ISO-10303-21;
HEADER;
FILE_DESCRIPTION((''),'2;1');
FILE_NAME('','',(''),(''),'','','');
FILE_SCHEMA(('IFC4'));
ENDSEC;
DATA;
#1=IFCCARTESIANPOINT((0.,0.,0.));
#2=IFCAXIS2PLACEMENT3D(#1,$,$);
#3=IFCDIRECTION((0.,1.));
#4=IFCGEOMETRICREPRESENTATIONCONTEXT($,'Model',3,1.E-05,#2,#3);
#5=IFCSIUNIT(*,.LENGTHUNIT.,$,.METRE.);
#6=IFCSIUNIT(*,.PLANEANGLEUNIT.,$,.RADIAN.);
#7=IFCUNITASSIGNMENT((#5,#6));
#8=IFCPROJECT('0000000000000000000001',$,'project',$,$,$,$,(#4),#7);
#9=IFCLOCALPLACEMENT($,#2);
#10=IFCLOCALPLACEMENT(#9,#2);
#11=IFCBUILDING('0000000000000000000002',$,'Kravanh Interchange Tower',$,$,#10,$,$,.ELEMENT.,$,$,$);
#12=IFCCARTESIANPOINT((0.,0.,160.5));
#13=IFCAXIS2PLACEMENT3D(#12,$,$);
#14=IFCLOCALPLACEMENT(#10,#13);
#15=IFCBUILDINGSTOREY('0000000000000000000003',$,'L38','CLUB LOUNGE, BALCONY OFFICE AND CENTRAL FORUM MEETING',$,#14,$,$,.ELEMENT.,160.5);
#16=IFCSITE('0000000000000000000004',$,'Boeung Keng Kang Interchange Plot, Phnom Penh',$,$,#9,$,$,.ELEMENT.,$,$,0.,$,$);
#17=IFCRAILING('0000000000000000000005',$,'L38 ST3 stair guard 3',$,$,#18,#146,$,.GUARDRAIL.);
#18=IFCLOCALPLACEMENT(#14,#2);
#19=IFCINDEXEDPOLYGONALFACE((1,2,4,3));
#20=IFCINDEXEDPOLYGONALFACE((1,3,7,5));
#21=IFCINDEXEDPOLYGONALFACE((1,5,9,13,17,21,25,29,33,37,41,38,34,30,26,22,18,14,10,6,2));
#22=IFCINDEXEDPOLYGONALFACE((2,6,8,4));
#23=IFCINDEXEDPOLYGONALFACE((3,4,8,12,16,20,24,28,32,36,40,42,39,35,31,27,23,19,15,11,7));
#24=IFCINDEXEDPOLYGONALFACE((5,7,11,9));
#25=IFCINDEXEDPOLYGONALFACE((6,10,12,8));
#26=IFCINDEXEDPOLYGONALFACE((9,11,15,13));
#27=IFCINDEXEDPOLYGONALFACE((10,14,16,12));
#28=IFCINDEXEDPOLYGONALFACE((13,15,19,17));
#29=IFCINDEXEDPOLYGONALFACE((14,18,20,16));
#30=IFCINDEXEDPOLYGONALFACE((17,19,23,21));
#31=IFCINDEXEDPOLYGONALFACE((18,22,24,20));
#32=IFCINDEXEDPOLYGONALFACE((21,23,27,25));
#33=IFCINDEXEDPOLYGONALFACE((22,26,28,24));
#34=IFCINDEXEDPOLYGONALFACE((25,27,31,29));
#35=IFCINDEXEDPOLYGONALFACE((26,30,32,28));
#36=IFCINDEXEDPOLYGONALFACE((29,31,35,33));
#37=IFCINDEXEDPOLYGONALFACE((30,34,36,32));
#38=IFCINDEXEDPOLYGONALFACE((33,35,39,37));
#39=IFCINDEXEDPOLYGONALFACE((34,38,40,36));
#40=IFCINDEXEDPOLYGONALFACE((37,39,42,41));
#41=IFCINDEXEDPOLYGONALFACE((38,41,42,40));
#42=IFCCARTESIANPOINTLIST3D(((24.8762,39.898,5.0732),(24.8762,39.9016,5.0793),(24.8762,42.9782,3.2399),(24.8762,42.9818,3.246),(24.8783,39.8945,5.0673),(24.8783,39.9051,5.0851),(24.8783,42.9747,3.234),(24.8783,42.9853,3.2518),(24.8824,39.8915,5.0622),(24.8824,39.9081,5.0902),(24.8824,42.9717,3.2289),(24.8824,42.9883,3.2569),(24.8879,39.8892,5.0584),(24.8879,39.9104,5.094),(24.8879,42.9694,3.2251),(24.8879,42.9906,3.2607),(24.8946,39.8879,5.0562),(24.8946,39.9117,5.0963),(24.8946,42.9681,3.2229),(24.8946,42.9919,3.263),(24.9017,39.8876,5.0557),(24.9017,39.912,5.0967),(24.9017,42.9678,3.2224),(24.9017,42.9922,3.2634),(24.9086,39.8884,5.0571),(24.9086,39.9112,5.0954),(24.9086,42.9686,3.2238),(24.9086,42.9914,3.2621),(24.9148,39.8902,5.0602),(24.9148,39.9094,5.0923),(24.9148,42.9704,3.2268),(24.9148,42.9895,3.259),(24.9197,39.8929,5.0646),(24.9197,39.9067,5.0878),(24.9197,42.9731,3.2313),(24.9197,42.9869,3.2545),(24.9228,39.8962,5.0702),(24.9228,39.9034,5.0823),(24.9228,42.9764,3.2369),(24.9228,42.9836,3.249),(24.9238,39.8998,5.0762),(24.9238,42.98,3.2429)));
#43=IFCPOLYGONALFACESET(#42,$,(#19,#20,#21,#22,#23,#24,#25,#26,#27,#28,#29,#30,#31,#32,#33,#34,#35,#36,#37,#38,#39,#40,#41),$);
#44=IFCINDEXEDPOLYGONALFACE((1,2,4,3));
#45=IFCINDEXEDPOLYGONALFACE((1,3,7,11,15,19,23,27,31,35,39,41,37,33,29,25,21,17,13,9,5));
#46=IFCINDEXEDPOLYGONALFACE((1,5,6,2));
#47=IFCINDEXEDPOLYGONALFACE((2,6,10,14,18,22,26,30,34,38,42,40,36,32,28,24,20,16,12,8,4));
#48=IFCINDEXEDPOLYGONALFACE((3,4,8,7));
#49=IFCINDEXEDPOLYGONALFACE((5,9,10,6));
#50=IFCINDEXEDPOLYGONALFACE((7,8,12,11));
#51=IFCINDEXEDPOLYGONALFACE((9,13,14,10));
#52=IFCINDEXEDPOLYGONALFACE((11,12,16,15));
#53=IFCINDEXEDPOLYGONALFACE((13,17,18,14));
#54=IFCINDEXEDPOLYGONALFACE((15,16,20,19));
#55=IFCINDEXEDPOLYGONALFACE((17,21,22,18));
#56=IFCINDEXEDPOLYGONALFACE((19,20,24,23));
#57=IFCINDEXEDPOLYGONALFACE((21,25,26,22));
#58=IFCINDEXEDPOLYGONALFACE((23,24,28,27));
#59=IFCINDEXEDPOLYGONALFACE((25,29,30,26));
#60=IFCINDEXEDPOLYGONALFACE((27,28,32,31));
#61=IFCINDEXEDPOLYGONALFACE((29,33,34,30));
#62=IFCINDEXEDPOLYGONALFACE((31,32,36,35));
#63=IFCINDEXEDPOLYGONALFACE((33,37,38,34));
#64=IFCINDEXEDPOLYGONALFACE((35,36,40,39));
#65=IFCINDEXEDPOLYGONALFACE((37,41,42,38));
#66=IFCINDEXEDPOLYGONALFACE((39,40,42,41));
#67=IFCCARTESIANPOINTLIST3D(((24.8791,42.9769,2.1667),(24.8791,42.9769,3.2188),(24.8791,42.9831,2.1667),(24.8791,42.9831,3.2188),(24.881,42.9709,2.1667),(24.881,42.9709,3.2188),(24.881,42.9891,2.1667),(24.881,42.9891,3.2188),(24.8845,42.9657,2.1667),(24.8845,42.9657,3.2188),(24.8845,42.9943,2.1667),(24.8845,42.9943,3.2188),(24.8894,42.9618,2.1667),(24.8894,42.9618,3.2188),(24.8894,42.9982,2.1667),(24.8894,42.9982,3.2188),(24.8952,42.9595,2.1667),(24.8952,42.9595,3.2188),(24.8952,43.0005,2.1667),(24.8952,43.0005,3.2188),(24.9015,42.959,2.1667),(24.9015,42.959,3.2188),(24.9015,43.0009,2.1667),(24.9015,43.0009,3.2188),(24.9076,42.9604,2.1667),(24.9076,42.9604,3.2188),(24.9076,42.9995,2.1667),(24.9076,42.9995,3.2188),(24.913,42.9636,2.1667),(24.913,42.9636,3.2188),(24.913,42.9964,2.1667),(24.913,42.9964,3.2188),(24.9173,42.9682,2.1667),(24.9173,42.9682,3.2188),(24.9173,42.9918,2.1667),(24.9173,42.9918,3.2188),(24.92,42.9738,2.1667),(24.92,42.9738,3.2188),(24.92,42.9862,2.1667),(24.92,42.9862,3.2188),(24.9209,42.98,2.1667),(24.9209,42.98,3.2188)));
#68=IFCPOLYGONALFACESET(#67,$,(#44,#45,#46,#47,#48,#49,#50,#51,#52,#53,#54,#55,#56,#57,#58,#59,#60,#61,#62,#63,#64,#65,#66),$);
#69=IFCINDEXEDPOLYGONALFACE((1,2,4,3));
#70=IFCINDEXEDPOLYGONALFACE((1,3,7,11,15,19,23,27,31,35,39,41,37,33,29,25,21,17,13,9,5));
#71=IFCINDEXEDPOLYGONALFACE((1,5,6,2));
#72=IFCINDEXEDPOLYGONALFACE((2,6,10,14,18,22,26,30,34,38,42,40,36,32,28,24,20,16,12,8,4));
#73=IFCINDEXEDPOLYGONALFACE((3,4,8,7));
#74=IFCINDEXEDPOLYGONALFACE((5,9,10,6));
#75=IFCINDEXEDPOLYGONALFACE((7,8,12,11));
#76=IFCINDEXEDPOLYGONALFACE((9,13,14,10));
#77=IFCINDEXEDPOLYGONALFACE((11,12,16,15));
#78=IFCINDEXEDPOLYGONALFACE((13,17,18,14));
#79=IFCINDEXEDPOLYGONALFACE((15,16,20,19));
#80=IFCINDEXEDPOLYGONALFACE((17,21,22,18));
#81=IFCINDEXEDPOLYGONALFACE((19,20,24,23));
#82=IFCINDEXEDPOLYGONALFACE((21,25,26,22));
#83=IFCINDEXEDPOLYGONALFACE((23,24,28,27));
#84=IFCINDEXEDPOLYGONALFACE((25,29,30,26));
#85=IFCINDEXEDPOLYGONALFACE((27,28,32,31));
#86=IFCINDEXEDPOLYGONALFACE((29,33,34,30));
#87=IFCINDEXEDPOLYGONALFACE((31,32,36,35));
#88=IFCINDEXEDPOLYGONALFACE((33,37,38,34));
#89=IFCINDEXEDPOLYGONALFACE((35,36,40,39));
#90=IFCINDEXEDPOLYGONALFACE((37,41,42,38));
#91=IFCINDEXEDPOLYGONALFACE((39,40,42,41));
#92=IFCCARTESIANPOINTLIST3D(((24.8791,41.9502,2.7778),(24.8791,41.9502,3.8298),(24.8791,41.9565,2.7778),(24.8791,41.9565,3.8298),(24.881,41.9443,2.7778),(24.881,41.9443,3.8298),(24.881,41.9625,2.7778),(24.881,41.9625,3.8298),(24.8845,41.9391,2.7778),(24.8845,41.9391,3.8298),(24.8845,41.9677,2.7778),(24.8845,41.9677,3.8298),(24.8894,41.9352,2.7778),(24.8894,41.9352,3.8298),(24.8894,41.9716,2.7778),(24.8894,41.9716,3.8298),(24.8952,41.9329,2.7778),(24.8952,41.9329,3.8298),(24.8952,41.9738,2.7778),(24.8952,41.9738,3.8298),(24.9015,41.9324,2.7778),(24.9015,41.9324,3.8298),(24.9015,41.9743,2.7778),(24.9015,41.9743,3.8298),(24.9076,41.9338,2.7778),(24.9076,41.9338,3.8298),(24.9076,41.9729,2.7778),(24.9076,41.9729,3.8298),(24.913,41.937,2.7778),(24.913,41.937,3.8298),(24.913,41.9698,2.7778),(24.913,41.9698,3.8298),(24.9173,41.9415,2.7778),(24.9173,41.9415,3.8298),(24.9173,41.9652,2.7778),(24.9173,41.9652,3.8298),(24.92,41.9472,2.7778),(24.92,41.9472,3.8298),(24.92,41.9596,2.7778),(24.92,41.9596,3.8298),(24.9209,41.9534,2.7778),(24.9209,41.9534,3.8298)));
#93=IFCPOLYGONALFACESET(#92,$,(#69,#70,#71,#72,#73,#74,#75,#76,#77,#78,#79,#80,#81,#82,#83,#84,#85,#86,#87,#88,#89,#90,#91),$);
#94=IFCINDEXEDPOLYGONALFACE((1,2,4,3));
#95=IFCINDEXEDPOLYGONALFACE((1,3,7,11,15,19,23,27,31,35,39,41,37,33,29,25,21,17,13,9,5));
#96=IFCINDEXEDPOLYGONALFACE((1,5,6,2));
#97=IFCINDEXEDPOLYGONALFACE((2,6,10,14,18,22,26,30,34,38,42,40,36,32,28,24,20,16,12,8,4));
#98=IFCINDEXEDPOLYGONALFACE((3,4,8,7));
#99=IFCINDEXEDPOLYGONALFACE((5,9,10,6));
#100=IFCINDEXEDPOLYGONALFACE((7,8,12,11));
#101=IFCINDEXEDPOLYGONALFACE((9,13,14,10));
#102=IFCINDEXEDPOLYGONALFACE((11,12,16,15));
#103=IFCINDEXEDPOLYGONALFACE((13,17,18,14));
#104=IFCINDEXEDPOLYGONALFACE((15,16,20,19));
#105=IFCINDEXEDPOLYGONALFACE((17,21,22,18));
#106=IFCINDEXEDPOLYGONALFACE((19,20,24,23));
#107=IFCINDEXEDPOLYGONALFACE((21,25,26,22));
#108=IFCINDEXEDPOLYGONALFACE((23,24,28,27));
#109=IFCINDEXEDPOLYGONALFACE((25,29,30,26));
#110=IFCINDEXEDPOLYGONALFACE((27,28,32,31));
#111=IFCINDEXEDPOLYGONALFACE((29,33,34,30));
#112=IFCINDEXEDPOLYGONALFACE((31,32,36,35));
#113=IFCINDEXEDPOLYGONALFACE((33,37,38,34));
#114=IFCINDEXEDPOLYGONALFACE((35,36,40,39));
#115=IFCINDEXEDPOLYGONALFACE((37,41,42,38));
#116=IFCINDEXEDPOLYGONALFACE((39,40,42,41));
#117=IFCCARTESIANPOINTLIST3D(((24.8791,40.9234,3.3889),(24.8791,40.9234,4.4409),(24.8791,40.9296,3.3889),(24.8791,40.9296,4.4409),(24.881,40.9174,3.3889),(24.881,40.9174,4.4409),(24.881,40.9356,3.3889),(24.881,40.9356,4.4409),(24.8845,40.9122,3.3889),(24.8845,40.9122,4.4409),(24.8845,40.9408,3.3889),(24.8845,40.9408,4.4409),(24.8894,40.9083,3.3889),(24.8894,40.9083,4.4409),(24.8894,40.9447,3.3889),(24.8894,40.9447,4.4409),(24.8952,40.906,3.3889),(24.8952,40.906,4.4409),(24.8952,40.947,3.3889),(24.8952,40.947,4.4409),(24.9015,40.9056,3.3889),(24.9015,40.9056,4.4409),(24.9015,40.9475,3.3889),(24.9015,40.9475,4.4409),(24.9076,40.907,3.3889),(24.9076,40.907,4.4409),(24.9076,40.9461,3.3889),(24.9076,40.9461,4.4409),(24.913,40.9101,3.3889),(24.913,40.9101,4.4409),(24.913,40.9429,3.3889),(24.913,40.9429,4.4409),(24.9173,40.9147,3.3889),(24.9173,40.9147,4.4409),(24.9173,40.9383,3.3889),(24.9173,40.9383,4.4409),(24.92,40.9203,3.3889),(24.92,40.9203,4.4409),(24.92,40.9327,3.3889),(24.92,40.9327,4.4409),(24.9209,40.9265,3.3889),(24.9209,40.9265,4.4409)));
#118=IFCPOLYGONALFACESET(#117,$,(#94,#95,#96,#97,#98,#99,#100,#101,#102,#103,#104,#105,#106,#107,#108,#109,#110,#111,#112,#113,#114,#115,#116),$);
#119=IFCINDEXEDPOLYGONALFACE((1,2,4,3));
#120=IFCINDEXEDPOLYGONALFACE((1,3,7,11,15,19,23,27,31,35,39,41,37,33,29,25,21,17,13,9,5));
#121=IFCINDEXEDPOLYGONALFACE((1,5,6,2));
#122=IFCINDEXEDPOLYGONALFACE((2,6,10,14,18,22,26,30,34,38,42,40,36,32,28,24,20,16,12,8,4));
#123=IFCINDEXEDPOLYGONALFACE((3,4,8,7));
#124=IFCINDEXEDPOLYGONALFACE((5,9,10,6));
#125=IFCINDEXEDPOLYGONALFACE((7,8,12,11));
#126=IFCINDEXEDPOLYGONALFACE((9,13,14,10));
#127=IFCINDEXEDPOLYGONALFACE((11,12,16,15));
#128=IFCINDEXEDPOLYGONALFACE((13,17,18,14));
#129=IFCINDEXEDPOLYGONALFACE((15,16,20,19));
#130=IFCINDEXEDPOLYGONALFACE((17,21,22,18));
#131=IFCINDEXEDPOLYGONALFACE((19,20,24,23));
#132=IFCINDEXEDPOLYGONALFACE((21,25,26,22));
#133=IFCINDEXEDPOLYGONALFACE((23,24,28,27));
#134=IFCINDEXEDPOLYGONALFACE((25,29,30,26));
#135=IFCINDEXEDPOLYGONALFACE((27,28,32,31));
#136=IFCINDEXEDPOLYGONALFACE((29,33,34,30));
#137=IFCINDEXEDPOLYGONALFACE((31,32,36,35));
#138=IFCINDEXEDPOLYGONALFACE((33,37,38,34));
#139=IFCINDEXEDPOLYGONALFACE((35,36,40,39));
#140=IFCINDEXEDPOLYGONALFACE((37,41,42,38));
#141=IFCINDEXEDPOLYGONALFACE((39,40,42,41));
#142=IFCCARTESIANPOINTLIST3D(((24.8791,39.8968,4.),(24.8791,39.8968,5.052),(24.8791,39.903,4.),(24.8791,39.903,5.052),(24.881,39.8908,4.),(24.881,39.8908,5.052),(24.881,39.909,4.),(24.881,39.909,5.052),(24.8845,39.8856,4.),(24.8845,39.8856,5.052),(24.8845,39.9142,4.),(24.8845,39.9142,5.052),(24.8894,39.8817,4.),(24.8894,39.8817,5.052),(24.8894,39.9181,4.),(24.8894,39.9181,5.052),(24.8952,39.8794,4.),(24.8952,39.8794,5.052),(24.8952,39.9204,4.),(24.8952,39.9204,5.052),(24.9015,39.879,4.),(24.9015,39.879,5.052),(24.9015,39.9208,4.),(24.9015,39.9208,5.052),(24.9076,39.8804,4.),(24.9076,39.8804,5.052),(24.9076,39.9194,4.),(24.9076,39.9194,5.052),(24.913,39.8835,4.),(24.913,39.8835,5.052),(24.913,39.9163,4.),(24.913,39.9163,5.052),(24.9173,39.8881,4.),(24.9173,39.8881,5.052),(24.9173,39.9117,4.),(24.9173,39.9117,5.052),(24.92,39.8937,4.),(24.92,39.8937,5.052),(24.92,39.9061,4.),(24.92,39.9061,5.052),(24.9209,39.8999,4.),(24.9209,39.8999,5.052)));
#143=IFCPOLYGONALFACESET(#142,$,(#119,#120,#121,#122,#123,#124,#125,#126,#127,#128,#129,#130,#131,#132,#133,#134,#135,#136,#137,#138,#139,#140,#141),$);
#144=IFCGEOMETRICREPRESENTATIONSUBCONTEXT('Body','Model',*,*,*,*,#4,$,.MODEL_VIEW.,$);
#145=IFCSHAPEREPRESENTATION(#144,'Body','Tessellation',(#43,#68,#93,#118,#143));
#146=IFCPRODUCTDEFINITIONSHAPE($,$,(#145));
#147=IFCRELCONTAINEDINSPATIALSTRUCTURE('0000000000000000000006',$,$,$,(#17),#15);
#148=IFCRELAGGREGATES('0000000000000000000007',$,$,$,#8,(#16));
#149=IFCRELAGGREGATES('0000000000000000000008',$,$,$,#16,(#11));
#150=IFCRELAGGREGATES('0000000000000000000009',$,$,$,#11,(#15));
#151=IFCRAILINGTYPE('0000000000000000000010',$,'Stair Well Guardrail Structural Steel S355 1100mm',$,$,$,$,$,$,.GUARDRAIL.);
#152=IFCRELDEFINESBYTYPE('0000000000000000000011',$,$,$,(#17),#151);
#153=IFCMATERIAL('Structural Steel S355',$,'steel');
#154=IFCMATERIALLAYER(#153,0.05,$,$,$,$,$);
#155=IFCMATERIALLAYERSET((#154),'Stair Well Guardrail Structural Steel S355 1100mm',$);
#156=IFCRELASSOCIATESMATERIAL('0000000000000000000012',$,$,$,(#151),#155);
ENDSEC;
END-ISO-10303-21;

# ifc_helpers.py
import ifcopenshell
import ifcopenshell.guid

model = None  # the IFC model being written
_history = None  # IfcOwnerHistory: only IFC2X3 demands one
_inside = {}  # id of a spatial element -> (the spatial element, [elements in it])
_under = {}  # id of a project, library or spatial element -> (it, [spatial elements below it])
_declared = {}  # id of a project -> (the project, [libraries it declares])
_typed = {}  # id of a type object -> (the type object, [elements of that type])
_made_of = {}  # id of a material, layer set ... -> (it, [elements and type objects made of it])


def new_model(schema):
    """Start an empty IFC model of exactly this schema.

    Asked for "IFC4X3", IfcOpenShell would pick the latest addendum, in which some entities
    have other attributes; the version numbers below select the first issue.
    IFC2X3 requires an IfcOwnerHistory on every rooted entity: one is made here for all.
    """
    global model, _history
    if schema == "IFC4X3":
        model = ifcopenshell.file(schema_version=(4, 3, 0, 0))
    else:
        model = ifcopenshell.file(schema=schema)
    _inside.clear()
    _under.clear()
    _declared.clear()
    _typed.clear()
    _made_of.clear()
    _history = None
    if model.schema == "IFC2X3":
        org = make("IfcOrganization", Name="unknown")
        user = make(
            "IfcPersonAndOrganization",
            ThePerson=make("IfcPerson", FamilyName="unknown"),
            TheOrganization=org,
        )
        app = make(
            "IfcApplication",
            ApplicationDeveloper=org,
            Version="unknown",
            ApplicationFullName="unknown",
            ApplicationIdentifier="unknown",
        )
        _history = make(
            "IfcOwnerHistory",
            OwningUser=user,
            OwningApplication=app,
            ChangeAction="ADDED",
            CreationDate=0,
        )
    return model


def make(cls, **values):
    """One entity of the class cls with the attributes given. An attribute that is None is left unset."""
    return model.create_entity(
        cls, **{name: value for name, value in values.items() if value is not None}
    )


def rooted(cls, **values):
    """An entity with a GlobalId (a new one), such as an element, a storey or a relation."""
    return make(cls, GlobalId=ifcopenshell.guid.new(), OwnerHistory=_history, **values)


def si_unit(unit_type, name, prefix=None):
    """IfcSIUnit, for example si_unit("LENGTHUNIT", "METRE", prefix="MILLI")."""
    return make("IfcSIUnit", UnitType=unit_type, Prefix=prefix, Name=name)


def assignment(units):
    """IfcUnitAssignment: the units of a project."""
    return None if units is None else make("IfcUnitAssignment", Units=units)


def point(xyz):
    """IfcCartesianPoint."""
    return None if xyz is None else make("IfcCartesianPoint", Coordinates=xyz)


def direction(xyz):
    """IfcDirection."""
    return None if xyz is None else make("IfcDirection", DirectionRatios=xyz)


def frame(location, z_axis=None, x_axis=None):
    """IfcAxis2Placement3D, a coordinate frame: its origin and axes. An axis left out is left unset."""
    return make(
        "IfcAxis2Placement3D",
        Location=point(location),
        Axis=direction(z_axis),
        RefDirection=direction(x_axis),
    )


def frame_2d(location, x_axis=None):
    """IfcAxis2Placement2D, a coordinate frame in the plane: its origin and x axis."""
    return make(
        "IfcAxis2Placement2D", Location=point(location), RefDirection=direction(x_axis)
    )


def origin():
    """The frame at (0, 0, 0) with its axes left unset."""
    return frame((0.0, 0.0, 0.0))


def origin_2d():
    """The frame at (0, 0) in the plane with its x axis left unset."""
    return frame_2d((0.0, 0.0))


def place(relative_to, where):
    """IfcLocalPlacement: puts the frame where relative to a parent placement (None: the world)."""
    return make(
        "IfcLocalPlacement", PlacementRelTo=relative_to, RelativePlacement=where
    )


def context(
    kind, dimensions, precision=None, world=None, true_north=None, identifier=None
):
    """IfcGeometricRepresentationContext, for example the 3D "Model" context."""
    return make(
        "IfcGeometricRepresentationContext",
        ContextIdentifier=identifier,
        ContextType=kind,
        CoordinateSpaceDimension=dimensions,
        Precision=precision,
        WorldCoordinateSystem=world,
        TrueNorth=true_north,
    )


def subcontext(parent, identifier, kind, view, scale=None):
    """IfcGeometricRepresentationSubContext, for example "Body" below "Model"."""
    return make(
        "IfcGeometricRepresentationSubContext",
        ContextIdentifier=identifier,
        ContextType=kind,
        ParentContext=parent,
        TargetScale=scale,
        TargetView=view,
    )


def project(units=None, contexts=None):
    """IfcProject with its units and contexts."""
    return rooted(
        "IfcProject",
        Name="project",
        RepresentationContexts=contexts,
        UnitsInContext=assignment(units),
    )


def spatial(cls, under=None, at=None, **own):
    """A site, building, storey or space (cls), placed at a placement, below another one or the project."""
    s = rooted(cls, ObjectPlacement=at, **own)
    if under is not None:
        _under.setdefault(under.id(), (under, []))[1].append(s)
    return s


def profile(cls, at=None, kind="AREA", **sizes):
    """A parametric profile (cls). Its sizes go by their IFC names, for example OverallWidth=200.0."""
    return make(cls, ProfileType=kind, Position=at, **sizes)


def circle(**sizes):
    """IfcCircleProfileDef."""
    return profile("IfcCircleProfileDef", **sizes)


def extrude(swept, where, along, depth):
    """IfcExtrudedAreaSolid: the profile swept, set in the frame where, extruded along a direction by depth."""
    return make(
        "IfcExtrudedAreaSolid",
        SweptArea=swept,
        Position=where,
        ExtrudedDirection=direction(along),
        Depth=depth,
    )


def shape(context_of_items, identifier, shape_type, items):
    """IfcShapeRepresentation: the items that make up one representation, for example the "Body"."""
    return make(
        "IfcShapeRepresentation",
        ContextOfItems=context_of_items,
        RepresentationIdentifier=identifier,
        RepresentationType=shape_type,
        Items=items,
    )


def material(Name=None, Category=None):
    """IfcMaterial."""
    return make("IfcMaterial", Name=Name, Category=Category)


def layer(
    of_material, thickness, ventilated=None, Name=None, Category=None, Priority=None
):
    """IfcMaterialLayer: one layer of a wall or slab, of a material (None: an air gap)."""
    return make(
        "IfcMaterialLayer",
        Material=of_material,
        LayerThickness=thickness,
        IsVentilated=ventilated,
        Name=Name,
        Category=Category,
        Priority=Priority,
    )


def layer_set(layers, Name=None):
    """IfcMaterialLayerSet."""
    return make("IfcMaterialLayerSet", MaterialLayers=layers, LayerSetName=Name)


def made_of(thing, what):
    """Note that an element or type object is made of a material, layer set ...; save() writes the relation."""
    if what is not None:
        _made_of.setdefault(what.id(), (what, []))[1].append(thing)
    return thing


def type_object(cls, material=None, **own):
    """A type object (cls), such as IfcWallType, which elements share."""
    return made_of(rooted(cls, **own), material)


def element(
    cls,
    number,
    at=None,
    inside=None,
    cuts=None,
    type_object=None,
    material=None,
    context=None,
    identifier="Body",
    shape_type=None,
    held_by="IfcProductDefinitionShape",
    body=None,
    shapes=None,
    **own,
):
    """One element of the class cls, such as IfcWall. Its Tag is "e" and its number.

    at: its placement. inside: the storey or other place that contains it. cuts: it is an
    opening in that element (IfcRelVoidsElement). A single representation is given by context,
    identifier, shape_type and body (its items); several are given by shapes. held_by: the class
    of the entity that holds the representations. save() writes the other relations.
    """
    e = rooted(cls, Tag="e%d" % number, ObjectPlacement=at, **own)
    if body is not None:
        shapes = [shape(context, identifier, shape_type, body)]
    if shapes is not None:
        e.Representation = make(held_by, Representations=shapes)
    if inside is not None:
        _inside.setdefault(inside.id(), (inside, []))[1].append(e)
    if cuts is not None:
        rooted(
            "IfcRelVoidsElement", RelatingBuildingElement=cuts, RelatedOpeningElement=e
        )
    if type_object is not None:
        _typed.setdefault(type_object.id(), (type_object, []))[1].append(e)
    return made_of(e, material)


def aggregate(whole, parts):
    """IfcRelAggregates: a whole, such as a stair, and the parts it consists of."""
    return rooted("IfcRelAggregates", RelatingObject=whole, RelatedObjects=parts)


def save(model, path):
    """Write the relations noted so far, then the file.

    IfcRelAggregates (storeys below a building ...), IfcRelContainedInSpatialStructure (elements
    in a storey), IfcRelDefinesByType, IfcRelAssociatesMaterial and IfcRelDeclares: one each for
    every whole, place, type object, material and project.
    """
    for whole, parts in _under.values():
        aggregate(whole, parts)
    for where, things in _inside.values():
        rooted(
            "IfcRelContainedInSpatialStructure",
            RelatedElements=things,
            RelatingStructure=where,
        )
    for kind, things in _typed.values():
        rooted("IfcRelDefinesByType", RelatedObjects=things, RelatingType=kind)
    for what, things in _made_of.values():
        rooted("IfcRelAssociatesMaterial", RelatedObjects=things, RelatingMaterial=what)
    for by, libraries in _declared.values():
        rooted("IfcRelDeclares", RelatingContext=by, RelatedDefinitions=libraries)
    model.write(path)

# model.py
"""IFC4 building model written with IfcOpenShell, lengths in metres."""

from ifc_helpers import new_model, si_unit, direction, frame, origin, origin_2d, place, context, subcontext, project, spatial, circle, extrude, material, layer, layer_set, type_object, element, save


model = new_model("IFC4")

# Units and contexts
model_context = context("Model", 3, precision=1e-05, world=origin(), true_north=direction((0.0, 1.0)))
body_context = subcontext(model_context, "Body", "Model", "MODEL_VIEW")
ifc_project = project(units=[si_unit("LENGTHUNIT", "METRE"), si_unit("PLANEANGLEUNIT", "RADIAN")], contexts=[model_context])

# Site, building, storey
site_placement = place(None, origin())
site = spatial("IfcSite", under=ifc_project, at=site_placement, Name="Boeung Keng Kang Interchange Plot, Phnom Penh", CompositionType="ELEMENT", RefElevation=0.0)
building_placement = place(site_placement, origin())
building = spatial("IfcBuilding", under=site, at=building_placement, Name="Kravanh Interchange Tower", CompositionType="ELEMENT")
storey_placement = place(building_placement, frame((0.0, 0.0, 160.5)))
storey = spatial("IfcBuildingStorey", under=building, at=storey_placement, Name="L38", Description="CLUB LOUNGE, BALCONY OFFICE AND CENTRAL FORUM MEETING", CompositionType="ELEMENT", Elevation=160.5)

# Railing
ifc_material_1 = material(Name="Structural Steel S355", Category="steel")
ifc_layer_1 = layer(ifc_material_1, 0.05)
ifc_layer_set_1 = layer_set([ifc_layer_1], Name="Stair Well Guardrail Structural Steel S355 1100mm")
railing_type_1 = type_object("IfcRailingType", Name="Stair Well Guardrail Structural Steel S355 1100mm", PredefinedType="GUARDRAIL", material=ifc_layer_set_1)
railing_1_placement = place(storey_placement, frame((24.8999, 42.98, 2.1667)))
element("IfcRailing", 1, at=railing_1_placement, inside=storey, type_object=railing_type_1, Name="L38 ST3 stair guard 3", PredefinedType="GUARDRAIL", context=body_context, shape_type="SweptSolid", body=[
    extrude(circle(Radius=0.0239, at=origin_2d()), frame((0.0, 0.0, 1.0762), z_axis=(0.0, -0.859309, 0.511458), x_axis=(1.0, 0.0, 0.0)), (0.0, 0.0, 1.0), 3.5845),
    extrude(circle(Radius=0.021, at=origin_2d()), origin(), (0.0, 0.0, 1.0), 1.052),
    extrude(circle(Radius=0.021, at=origin_2d()), frame((0.0, -1.0266, 0.6111)), (0.0, 0.0, 1.0), 1.052),
    extrude(circle(Radius=0.021, at=origin_2d()), frame((0.0, -2.0535, 1.2222)), (0.0, 0.0, 1.0), 1.052),
    extrude(circle(Radius=0.021, at=origin_2d()), frame((0.0, -3.0801, 1.8333)), (0.0, 0.0, 1.0), 1.052),
])

save(model, "model.ifc")
